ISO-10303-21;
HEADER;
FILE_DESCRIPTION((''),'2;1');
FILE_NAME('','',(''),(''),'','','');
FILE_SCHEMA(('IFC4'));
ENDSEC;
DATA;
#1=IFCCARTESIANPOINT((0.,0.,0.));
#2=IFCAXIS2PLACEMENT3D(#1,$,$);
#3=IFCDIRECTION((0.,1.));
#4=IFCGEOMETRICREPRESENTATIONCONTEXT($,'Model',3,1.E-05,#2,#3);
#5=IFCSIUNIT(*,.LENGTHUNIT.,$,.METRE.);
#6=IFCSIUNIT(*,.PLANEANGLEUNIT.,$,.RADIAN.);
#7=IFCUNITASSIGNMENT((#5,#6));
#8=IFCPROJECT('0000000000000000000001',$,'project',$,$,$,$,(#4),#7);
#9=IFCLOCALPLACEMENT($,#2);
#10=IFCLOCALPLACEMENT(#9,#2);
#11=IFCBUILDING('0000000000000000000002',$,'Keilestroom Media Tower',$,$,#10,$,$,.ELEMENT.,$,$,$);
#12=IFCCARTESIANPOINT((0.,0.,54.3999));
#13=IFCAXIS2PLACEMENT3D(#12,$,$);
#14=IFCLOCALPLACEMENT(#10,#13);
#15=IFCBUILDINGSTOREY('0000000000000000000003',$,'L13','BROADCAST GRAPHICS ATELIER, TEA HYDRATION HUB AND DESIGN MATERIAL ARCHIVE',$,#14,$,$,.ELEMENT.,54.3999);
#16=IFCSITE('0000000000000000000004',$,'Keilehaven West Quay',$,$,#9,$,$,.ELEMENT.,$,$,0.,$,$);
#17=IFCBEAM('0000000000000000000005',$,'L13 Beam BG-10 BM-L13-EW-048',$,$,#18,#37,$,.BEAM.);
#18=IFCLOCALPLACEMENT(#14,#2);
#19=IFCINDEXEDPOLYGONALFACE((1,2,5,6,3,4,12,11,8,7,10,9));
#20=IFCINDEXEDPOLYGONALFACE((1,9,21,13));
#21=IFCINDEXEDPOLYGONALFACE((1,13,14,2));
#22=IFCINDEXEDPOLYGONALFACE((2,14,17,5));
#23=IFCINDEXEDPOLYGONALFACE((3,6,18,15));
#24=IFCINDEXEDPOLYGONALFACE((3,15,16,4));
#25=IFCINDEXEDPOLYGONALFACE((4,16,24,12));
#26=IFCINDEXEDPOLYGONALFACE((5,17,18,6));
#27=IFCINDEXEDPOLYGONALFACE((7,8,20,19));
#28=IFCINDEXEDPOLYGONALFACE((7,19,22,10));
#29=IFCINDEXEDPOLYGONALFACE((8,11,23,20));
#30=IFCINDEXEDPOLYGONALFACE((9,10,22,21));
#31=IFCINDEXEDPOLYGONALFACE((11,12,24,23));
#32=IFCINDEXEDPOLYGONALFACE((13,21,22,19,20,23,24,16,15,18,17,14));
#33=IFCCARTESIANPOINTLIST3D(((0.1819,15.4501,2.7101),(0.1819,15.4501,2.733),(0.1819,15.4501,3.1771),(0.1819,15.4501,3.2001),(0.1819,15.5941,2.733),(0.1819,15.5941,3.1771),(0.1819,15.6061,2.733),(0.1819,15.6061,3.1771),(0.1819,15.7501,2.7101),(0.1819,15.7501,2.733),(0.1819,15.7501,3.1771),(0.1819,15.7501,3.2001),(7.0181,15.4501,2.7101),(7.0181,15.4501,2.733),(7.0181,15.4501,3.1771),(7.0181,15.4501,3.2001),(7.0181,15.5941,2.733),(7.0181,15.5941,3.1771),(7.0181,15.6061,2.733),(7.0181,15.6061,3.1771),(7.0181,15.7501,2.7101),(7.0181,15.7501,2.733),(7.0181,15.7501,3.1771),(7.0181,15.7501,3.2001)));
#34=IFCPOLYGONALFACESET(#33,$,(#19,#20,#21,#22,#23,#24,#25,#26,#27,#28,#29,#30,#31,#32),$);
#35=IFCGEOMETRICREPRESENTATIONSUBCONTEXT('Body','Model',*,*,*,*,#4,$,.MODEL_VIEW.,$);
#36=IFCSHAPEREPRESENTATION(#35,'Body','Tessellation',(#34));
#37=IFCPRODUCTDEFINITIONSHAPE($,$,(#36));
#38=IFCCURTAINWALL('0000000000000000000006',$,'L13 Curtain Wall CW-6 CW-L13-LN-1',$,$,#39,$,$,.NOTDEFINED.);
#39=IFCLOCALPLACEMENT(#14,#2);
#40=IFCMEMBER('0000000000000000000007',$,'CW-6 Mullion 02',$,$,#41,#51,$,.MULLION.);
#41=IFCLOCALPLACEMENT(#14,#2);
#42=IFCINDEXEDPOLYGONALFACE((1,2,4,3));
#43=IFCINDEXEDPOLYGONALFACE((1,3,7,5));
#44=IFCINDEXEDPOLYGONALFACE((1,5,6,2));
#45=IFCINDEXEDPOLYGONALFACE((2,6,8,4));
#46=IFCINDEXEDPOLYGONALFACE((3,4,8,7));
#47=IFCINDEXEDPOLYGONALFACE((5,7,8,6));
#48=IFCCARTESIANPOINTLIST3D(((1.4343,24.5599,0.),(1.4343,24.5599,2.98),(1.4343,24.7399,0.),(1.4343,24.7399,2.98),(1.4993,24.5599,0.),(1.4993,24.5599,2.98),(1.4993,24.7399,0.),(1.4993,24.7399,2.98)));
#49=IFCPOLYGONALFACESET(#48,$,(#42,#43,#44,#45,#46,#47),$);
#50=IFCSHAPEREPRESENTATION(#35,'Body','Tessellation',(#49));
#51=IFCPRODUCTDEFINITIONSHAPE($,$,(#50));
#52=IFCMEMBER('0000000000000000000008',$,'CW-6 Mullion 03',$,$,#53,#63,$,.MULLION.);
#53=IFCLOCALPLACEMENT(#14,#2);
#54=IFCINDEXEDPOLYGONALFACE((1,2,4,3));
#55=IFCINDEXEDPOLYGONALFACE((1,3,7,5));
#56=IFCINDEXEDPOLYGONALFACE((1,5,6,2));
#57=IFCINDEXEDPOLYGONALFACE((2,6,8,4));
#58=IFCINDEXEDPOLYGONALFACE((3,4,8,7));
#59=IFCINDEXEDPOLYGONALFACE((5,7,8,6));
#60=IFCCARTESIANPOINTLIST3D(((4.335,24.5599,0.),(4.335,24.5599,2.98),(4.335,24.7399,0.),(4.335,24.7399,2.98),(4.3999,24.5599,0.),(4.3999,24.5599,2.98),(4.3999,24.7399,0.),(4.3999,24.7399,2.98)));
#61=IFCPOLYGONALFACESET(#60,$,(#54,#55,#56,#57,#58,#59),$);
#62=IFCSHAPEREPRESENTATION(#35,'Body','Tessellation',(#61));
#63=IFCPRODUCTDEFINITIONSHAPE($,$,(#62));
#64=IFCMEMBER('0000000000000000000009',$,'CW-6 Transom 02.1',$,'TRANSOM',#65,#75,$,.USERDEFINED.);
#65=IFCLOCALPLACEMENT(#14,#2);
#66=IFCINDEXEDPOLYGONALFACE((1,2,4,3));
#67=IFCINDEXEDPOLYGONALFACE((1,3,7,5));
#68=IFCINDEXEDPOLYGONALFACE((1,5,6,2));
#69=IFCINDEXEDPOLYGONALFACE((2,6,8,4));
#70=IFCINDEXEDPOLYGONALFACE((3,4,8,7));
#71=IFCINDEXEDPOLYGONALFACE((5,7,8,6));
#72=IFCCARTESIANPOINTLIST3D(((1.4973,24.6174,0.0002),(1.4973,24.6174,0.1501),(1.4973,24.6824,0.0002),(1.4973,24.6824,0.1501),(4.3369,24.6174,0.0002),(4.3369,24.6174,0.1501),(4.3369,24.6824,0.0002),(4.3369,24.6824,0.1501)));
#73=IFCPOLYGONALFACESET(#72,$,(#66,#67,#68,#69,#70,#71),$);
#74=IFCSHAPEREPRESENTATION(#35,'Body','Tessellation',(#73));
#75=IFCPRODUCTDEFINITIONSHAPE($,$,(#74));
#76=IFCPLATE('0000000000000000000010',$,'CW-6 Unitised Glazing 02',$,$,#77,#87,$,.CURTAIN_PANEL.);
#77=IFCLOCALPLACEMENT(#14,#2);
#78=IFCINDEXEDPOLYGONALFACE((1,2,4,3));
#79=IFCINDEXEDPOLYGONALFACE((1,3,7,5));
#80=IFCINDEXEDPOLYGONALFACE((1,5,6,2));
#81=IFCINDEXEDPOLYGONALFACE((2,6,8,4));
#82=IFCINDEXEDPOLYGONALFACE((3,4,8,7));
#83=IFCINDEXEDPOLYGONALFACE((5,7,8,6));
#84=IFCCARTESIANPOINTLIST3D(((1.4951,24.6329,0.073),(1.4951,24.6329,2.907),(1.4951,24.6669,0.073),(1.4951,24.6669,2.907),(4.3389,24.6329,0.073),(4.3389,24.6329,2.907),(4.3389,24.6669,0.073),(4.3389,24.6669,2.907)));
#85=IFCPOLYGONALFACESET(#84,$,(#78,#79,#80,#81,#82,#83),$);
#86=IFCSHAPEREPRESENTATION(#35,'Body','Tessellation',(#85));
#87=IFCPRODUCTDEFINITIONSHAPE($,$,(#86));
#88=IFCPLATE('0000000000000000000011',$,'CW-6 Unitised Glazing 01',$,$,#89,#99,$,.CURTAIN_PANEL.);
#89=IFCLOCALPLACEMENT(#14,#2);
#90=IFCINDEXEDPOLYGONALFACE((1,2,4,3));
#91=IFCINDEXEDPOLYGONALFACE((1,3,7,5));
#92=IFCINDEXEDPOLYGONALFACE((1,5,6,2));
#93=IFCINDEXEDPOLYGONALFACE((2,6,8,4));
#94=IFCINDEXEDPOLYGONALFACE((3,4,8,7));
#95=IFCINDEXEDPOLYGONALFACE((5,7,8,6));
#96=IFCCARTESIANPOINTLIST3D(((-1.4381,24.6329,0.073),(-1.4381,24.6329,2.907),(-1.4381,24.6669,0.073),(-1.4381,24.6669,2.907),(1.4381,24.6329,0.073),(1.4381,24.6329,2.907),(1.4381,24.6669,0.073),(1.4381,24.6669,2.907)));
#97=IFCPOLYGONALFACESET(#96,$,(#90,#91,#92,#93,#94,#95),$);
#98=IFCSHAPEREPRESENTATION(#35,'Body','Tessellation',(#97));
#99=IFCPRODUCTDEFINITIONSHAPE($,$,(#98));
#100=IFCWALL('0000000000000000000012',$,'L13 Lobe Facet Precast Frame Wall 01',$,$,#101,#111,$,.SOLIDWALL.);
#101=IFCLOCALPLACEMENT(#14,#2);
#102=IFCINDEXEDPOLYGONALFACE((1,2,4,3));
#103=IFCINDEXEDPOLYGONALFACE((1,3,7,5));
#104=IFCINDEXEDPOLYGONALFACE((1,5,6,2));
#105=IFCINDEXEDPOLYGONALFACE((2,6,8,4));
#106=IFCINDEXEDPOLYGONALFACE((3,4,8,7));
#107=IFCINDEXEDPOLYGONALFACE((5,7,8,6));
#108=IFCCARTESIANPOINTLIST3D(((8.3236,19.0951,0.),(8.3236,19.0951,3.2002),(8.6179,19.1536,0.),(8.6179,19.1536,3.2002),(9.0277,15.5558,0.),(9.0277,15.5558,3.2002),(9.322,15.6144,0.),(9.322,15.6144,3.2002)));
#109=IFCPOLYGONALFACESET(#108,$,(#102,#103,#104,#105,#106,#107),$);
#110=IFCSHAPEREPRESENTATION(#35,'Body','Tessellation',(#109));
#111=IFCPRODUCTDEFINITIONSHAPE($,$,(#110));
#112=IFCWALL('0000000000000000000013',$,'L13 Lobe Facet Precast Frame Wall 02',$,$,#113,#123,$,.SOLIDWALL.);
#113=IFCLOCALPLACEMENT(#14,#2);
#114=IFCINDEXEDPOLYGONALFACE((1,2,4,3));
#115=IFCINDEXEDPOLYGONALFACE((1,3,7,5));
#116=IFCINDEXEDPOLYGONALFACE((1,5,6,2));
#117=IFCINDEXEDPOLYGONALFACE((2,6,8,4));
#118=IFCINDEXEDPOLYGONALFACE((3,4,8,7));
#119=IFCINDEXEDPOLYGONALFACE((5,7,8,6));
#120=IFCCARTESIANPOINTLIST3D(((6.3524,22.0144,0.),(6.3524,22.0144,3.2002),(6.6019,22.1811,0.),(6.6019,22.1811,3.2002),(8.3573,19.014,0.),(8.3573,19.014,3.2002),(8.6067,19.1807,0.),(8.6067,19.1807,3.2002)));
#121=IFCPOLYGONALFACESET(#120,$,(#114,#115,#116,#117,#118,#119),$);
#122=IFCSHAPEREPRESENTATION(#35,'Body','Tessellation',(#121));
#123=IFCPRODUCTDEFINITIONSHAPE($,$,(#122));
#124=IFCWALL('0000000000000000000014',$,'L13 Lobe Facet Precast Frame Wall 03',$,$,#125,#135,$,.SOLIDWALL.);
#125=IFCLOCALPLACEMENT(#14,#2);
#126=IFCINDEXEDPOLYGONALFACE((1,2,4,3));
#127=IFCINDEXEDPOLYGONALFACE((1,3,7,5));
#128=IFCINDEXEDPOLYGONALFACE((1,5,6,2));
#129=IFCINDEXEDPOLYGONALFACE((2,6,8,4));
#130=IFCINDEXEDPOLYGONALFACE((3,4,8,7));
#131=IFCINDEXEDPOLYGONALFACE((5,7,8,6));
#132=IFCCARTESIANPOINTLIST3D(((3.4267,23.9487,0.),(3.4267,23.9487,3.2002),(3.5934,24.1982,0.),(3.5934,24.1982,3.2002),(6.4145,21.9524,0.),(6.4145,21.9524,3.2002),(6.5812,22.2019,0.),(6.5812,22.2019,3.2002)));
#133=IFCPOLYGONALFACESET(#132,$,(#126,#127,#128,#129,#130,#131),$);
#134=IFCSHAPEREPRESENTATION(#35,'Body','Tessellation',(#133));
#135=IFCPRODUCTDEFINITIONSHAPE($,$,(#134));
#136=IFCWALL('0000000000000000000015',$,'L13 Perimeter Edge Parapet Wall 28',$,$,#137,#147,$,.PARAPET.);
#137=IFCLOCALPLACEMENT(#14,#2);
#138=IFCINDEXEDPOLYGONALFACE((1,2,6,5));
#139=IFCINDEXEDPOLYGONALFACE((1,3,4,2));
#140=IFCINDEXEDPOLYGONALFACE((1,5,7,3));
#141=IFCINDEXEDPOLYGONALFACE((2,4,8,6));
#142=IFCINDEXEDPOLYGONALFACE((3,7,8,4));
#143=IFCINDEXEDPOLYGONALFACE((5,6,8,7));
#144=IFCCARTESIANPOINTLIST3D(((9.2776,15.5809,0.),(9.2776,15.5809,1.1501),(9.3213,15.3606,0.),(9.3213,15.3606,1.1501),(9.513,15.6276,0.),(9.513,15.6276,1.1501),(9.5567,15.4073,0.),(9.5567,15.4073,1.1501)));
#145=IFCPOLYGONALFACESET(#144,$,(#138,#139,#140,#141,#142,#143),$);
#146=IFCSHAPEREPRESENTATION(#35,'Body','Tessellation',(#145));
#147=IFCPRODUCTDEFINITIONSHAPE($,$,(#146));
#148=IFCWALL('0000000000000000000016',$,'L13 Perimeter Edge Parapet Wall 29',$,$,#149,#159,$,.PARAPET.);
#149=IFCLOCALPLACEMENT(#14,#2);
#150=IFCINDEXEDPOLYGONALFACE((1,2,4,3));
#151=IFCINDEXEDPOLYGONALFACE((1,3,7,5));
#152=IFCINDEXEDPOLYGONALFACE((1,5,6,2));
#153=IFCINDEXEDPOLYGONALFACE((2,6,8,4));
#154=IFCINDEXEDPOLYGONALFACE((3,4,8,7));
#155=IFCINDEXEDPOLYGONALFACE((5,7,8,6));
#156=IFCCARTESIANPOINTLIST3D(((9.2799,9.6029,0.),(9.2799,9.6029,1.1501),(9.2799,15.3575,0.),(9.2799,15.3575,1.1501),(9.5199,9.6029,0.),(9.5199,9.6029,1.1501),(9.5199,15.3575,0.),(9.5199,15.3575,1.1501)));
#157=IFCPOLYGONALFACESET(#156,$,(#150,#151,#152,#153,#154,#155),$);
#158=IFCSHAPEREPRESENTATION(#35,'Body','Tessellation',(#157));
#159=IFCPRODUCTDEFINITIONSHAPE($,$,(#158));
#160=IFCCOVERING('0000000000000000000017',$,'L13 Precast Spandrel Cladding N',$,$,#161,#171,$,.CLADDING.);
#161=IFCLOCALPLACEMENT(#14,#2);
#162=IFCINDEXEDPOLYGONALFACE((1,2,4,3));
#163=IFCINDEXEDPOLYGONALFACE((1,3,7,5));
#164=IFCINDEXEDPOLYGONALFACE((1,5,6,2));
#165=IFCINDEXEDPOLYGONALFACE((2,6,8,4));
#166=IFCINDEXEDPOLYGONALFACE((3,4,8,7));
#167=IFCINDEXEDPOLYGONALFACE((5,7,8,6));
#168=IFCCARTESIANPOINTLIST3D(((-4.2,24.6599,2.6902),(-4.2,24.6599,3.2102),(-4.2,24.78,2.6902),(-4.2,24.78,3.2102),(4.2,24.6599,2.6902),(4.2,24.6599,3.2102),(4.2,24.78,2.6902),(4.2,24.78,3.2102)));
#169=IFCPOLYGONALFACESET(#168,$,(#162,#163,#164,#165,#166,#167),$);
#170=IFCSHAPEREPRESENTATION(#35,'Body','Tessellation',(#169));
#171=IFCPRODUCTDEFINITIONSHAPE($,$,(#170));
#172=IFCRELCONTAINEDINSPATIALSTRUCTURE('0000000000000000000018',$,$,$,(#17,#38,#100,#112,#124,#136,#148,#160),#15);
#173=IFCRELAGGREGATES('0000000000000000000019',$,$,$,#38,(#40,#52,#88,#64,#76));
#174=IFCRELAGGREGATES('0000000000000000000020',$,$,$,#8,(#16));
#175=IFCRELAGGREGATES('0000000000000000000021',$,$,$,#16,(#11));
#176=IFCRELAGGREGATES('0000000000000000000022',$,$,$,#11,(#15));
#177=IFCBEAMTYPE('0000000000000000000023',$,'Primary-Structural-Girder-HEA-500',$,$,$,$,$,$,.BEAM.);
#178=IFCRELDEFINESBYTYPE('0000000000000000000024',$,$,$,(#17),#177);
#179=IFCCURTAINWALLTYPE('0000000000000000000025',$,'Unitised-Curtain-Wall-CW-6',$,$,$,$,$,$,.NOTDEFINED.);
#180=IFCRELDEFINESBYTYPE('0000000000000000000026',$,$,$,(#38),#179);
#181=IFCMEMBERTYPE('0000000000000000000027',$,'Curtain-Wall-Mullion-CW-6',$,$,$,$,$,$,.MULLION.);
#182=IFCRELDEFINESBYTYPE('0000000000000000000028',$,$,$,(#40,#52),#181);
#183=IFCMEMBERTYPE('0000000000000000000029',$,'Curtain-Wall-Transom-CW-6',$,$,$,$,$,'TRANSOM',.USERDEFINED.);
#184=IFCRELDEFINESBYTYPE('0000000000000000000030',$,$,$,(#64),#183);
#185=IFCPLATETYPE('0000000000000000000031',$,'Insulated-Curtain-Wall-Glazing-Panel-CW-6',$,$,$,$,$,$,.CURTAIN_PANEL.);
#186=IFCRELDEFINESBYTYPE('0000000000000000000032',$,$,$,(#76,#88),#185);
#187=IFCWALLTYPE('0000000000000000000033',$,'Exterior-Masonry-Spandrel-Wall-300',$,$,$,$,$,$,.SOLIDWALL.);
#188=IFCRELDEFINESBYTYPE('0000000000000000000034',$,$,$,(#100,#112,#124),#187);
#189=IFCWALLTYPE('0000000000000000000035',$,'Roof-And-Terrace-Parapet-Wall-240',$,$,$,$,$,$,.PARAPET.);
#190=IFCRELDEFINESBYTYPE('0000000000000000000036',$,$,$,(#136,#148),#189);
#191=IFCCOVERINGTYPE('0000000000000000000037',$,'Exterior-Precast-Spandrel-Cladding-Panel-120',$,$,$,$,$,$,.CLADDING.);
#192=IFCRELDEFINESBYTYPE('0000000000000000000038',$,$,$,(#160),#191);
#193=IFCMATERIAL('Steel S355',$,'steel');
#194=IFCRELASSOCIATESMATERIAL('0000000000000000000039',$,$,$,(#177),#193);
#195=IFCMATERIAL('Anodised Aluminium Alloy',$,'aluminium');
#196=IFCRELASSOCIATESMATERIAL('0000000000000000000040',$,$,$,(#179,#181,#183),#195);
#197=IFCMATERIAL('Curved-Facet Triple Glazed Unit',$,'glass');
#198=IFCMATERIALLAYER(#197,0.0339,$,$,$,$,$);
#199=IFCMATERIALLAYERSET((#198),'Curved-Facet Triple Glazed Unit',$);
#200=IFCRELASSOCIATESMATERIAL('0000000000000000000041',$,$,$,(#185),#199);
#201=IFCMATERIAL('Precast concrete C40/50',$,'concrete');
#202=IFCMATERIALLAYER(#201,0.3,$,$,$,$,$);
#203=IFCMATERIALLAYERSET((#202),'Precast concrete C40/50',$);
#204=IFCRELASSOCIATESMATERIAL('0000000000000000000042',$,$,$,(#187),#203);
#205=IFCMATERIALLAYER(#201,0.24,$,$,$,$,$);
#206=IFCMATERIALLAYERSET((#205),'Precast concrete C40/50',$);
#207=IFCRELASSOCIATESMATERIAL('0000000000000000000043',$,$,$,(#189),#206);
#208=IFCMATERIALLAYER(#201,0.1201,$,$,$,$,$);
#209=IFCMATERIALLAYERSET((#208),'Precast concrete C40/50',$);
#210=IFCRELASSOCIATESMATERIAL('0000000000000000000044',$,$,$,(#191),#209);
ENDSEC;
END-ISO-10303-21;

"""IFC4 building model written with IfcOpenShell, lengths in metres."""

from ifc_helpers import new_model, si_unit, direction, frame, frame_2d, origin, origin_2d, place, context, subcontext, project, spatial, rectangle, i_section, extrude, source, transform, mapped, material, layer, layer_set, material_profile, profile_set, type_object, element, aggregate, save


model = new_model("IFC4")

# Units and contexts
model_context = context("Model", 3, precision=1e-05, world=origin(), true_north=direction((0.0, 1.0)))
body_context = subcontext(model_context, "Body", "Model", "MODEL_VIEW")
ifc_project = project(units=[si_unit("LENGTHUNIT", "METRE"), si_unit("PLANEANGLEUNIT", "RADIAN")], contexts=[model_context])

# Site, building, storey
site_placement = place(None, origin())
site = spatial("IfcSite", under=ifc_project, at=site_placement, Name="Keilehaven West Quay", CompositionType="ELEMENT", RefElevation=0.0)
building_placement = place(site_placement, origin())
building = spatial("IfcBuilding", under=site, at=building_placement, Name="Keilestroom Media Tower", CompositionType="ELEMENT")
storey_placement = place(building_placement, frame((0.0, 0.0, 54.3999)))
storey = spatial("IfcBuildingStorey", under=building, at=storey_placement, Name="L13", Description="BROADCAST GRAPHICS ATELIER, TEA HYDRATION HUB AND DESIGN MATERIAL ARCHIVE", CompositionType="ELEMENT", Elevation=54.3999)

# Beam
ifc_material_1 = material(Name="Steel S355", Category="steel")
ifc_material_profile_1 = material_profile(ifc_material_1, i_section(OverallWidth=0.3, OverallDepth=0.49, WebThickness=0.012, FlangeThickness=0.0229, at=origin_2d()), Name="HEA 500")
ifc_profile_set_1 = profile_set([ifc_material_profile_1], Name="Steel S355")
beam_type_1 = type_object("IfcBeamType", Name="Primary-Structural-Girder-HEA-500", PredefinedType="BEAM", material=ifc_profile_set_1)
shared_shape_1 = source(origin(), body_context, "Body", "SweptSolid", [
    extrude(i_section(OverallWidth=0.3, OverallDepth=0.49, WebThickness=0.012, FlangeThickness=0.0229, at=origin_2d()), origin(), (0.0, 0.0, 1.0), 6.8362),
])
for number, where, z_axis, x_axis, name in (
    (1, (0.1819, 15.6001, 2.9551), (1.0, 0.0, 0.0), (0.0, 1.0, 0.0), "L13 Beam BG-10 BM-L13-EW-048"),
):
    element("IfcBeam", number, at=place(storey_placement, frame(where, z_axis=z_axis, x_axis=x_axis)), inside=storey, type_object=beam_type_1, Name=name, PredefinedType="BEAM", context=body_context, shape_type="MappedRepresentation", body=[
        mapped(shared_shape_1, transform((0.0, 0.0, 0.0), x_axis=(1.0, 0.0, 0.0), y_axis=(0.0, 1.0, 0.0), z_axis=(0.0, 0.0, 1.0), scale=1.0)),
    ])

# Curtain wall, members, plates
ifc_material_2 = material(Name="Anodised Aluminium Alloy", Category="aluminium")
curtain_wall_type = type_object("IfcCurtainWallType", Name="Unitised-Curtain-Wall-CW-6", PredefinedType="NOTDEFINED", material=ifc_material_2)
curtain_wall_placement = place(storey_placement, origin())
curtain_wall = element("IfcCurtainWall", 2, at=curtain_wall_placement, inside=storey, type_object=curtain_wall_type, Name="L13 Curtain Wall CW-6 CW-L13-LN-1", PredefinedType="NOTDEFINED")
ifc_material_profile_2 = material_profile(ifc_material_2, rectangle(XDim=0.0649, YDim=0.1799, at=origin_2d()), Name="ALU MULLION 65x180")
ifc_profile_set_2 = profile_set([ifc_material_profile_2], Name="Anodised Aluminium Alloy")
member_type_1 = type_object("IfcMemberType", Name="Curtain-Wall-Mullion-CW-6", PredefinedType="MULLION", material=ifc_profile_set_2)
shared_shape_2 = source(origin(), body_context, "Body", "SweptSolid", [
    extrude(rectangle(XDim=0.0649, YDim=0.1799, at=origin_2d()), origin(), (0.0, 0.0, 1.0), 2.98),
])
member_1_placement = place(storey_placement, frame((1.4668, 24.6499, 0.0), z_axis=(0.0, 0.0, 1.0), x_axis=(1.0, 0.0, 0.0)))
member_1 = element("IfcMember", 3, at=member_1_placement, type_object=member_type_1, Name="CW-6 Mullion 02", PredefinedType="MULLION", context=body_context, shape_type="MappedRepresentation", body=[
    mapped(shared_shape_2, transform((0.0, 0.0, 0.0), x_axis=(1.0, 0.0, 0.0), y_axis=(0.0, 1.0, 0.0), z_axis=(0.0, 0.0, 1.0), scale=1.0)),
])
member_2_placement = place(storey_placement, frame((4.3674, 24.6499, 0.0), z_axis=(0.0, 0.0, 1.0), x_axis=(1.0, 0.0, 0.0)))
member_2 = element("IfcMember", 4, at=member_2_placement, type_object=member_type_1, Name="CW-6 Mullion 03", PredefinedType="MULLION", context=body_context, shape_type="MappedRepresentation", body=[
    mapped(shared_shape_2, transform((0.0, 0.0, 0.0), x_axis=(1.0, 0.0, 0.0), y_axis=(0.0, 1.0, 0.0), z_axis=(0.0, 0.0, 1.0), scale=1.0)),
])
ifc_material_profile_3 = material_profile(ifc_material_2, rectangle(XDim=0.0649, YDim=0.1499, at=origin_2d()), Name="ALU TRANSOM 65x150")
ifc_profile_set_3 = profile_set([ifc_material_profile_3], Name="Anodised Aluminium Alloy")
member_type_2 = type_object("IfcMemberType", Name="Curtain-Wall-Transom-CW-6", ElementType="TRANSOM", PredefinedType="USERDEFINED", material=ifc_profile_set_3)
shared_shape_3 = source(origin(), body_context, "Body", "SweptSolid", [
    extrude(rectangle(XDim=0.0649, YDim=0.1499, at=origin_2d()), origin(), (0.0, 0.0, 1.0), 2.8396),
])
member_3_placement = place(storey_placement, frame((1.4973, 24.6499, 0.0752), z_axis=(1.0, 0.0, 0.0), x_axis=(0.0, 1.0, 0.0)))
member_3 = element("IfcMember", 5, at=member_3_placement, type_object=member_type_2, Name="CW-6 Transom 02.1", ObjectType="TRANSOM", PredefinedType="USERDEFINED", context=body_context, shape_type="MappedRepresentation", body=[
    mapped(shared_shape_3, transform((0.0, 0.0, 0.0), x_axis=(1.0, 0.0, 0.0), y_axis=(0.0, 1.0, 0.0), z_axis=(0.0, 0.0, 1.0), scale=1.0)),
])
ifc_material_3 = material(Name="Curved-Facet Triple Glazed Unit", Category="glass")
ifc_layer_1 = layer(ifc_material_3, 0.0339)
ifc_layer_set_1 = layer_set([ifc_layer_1], Name="Curved-Facet Triple Glazed Unit")
plate_type = type_object("IfcPlateType", Name="Insulated-Curtain-Wall-Glazing-Panel-CW-6", PredefinedType="CURTAIN_PANEL", material=ifc_layer_set_1)
shared_shape_4 = source(origin(), body_context, "Body", "SweptSolid", [
    extrude(rectangle(XDim=2.8438, YDim=0.0339, at=origin_2d()), origin(), (0.0, 0.0, 1.0), 2.834),
])
plate_1_placement = place(storey_placement, frame((2.917, 24.6499, 0.073), z_axis=(0.0, 0.0, 1.0), x_axis=(1.0, 0.0, 0.0)))
plate_1 = element("IfcPlate", 6, at=plate_1_placement, type_object=plate_type, Name="CW-6 Unitised Glazing 02", PredefinedType="CURTAIN_PANEL", context=body_context, shape_type="MappedRepresentation", body=[
    mapped(shared_shape_4, transform((0.0, 0.0, 0.0), x_axis=(1.0, 0.0, 0.0), y_axis=(0.0, 1.0, 0.0), z_axis=(0.0, 0.0, 1.0), scale=1.0)),
])
shared_shape_5 = source(origin(), body_context, "Body", "SweptSolid", [
    extrude(rectangle(XDim=2.8762, YDim=0.0339, at=origin_2d()), origin(), (0.0, 0.0, 1.0), 2.834),
])
plate_2_placement = place(storey_placement, frame((0.0, 24.6499, 0.073), z_axis=(0.0, 0.0, 1.0), x_axis=(1.0, 0.0, 0.0)))
plate_2 = element("IfcPlate", 7, at=plate_2_placement, type_object=plate_type, Name="CW-6 Unitised Glazing 01", PredefinedType="CURTAIN_PANEL", context=body_context, shape_type="MappedRepresentation", body=[
    mapped(shared_shape_5, transform((0.0, 0.0, 0.0), x_axis=(1.0, 0.0, 0.0), y_axis=(0.0, 1.0, 0.0), z_axis=(0.0, 0.0, 1.0), scale=1.0)),
])
aggregate(curtain_wall, [member_1, member_2, plate_2, member_3, plate_1])

# Walls
ifc_material_4 = material(Name="Precast concrete C40/50", Category="concrete")
ifc_layer_2 = layer(ifc_material_4, 0.3)
ifc_layer_set_2 = layer_set([ifc_layer_2], Name="Precast concrete C40/50")
wall_type_1 = type_object("IfcWallType", Name="Exterior-Masonry-Spandrel-Wall-300", PredefinedType="SOLIDWALL", material=ifc_layer_set_2)
for number, where, z_axis, x_axis, name in (
    (8, (9.1748, 15.5852, 0.0), (0.0, 0.0, 1.0), (-0.195114, 0.980781, 0.0), "L13 Lobe Facet Precast Frame Wall 01"),
    (9, (8.4819, 19.0974, 0.0), (0.0, 0.0, 1.0), (-0.555574, 0.831467, 0.0), "L13 Lobe Facet Precast Frame Wall 02"),
):
    element("IfcWall", number, at=place(storey_placement, frame(where, z_axis=z_axis, x_axis=x_axis)), inside=storey, type_object=wall_type_1, Name=name, PredefinedType="SOLIDWALL", context=body_context, shape_type="SweptSolid", body=[
        extrude(rectangle(XDim=3.6086, YDim=0.3, at=frame_2d((1.8042, 0.0))), origin(), (0.0, 0.0, 1.0), 3.2002),
    ])
wall_1_placement = place(storey_placement, frame((6.4978, 22.0771, 0.0), z_axis=(0.0, 0.0, 1.0), x_axis=(-0.831475, 0.555562, 0.0)))
element("IfcWall", 10, at=wall_1_placement, inside=storey, type_object=wall_type_1, Name="L13 Lobe Facet Precast Frame Wall 03", PredefinedType="SOLIDWALL", context=body_context, shape_type="SweptSolid", body=[
    extrude(rectangle(XDim=3.5933, YDim=0.3, at=frame_2d((1.7966, 0.0))), origin(), (0.0, 0.0, 1.0), 3.2002),
])
ifc_layer_3 = layer(ifc_material_4, 0.24)
ifc_layer_set_3 = layer_set([ifc_layer_3], Name="Precast concrete C40/50")
wall_type_2 = type_object("IfcWallType", Name="Roof-And-Terrace-Parapet-Wall-240", PredefinedType="PARAPET", material=ifc_layer_set_3)
wall_2_placement = place(storey_placement, frame((9.3953, 15.6042, 0.0), z_axis=(0.0, 0.0, 1.0), x_axis=(0.194652, -0.980872, 0.0)))
element("IfcWall", 11, at=wall_2_placement, inside=storey, type_object=wall_type_2, Name="L13 Perimeter Edge Parapet Wall 28", PredefinedType="PARAPET", context=body_context, shape_type="SweptSolid", body=[
    extrude(rectangle(XDim=0.2246, YDim=0.24, at=frame_2d((0.1123, 0.0))), origin(), (0.0, 0.0, 1.0), 1.1501),
])
wall_3_placement = place(storey_placement, frame((9.3999, 15.3577, 0.0), z_axis=(0.0, 0.0, 1.0), x_axis=(0.0, -1.0, 0.0)))
element("IfcWall", 12, at=wall_3_placement, inside=storey, type_object=wall_type_2, Name="L13 Perimeter Edge Parapet Wall 29", PredefinedType="PARAPET", context=body_context, shape_type="SweptSolid", body=[
    extrude(rectangle(XDim=5.7546, YDim=0.24, at=frame_2d((2.8774, 0.0))), origin(), (0.0, 0.0, 1.0), 1.1501),
])

# Covering
ifc_layer_4 = layer(ifc_material_4, 0.1201)
ifc_layer_set_4 = layer_set([ifc_layer_4], Name="Precast concrete C40/50")
covering_type = type_object("IfcCoveringType", Name="Exterior-Precast-Spandrel-Cladding-Panel-120", PredefinedType="CLADDING", material=ifc_layer_set_4)
shared_shape_6 = source(origin(), body_context, "Body", "SweptSolid", [
    extrude(rectangle(XDim=8.3999, YDim=0.1201, at=origin_2d()), origin(), (0.0, 0.0, 1.0), 0.52),
])
covering_1_placement = place(storey_placement, frame((0.0, 24.72, 2.6902), z_axis=(0.0, 0.0, 1.0), x_axis=(1.0, 0.0, 0.0)))
element("IfcCovering", 13, at=covering_1_placement, inside=storey, type_object=covering_type, Name="L13 Precast Spandrel Cladding N", PredefinedType="CLADDING", context=body_context, shape_type="MappedRepresentation", body=[
    mapped(shared_shape_6, transform((0.0, 0.0, 0.0), x_axis=(1.0, 0.0, 0.0), y_axis=(0.0, 1.0, 0.0), z_axis=(0.0, 0.0, 1.0), scale=1.0)),
])

save(model, "model.ifc")
